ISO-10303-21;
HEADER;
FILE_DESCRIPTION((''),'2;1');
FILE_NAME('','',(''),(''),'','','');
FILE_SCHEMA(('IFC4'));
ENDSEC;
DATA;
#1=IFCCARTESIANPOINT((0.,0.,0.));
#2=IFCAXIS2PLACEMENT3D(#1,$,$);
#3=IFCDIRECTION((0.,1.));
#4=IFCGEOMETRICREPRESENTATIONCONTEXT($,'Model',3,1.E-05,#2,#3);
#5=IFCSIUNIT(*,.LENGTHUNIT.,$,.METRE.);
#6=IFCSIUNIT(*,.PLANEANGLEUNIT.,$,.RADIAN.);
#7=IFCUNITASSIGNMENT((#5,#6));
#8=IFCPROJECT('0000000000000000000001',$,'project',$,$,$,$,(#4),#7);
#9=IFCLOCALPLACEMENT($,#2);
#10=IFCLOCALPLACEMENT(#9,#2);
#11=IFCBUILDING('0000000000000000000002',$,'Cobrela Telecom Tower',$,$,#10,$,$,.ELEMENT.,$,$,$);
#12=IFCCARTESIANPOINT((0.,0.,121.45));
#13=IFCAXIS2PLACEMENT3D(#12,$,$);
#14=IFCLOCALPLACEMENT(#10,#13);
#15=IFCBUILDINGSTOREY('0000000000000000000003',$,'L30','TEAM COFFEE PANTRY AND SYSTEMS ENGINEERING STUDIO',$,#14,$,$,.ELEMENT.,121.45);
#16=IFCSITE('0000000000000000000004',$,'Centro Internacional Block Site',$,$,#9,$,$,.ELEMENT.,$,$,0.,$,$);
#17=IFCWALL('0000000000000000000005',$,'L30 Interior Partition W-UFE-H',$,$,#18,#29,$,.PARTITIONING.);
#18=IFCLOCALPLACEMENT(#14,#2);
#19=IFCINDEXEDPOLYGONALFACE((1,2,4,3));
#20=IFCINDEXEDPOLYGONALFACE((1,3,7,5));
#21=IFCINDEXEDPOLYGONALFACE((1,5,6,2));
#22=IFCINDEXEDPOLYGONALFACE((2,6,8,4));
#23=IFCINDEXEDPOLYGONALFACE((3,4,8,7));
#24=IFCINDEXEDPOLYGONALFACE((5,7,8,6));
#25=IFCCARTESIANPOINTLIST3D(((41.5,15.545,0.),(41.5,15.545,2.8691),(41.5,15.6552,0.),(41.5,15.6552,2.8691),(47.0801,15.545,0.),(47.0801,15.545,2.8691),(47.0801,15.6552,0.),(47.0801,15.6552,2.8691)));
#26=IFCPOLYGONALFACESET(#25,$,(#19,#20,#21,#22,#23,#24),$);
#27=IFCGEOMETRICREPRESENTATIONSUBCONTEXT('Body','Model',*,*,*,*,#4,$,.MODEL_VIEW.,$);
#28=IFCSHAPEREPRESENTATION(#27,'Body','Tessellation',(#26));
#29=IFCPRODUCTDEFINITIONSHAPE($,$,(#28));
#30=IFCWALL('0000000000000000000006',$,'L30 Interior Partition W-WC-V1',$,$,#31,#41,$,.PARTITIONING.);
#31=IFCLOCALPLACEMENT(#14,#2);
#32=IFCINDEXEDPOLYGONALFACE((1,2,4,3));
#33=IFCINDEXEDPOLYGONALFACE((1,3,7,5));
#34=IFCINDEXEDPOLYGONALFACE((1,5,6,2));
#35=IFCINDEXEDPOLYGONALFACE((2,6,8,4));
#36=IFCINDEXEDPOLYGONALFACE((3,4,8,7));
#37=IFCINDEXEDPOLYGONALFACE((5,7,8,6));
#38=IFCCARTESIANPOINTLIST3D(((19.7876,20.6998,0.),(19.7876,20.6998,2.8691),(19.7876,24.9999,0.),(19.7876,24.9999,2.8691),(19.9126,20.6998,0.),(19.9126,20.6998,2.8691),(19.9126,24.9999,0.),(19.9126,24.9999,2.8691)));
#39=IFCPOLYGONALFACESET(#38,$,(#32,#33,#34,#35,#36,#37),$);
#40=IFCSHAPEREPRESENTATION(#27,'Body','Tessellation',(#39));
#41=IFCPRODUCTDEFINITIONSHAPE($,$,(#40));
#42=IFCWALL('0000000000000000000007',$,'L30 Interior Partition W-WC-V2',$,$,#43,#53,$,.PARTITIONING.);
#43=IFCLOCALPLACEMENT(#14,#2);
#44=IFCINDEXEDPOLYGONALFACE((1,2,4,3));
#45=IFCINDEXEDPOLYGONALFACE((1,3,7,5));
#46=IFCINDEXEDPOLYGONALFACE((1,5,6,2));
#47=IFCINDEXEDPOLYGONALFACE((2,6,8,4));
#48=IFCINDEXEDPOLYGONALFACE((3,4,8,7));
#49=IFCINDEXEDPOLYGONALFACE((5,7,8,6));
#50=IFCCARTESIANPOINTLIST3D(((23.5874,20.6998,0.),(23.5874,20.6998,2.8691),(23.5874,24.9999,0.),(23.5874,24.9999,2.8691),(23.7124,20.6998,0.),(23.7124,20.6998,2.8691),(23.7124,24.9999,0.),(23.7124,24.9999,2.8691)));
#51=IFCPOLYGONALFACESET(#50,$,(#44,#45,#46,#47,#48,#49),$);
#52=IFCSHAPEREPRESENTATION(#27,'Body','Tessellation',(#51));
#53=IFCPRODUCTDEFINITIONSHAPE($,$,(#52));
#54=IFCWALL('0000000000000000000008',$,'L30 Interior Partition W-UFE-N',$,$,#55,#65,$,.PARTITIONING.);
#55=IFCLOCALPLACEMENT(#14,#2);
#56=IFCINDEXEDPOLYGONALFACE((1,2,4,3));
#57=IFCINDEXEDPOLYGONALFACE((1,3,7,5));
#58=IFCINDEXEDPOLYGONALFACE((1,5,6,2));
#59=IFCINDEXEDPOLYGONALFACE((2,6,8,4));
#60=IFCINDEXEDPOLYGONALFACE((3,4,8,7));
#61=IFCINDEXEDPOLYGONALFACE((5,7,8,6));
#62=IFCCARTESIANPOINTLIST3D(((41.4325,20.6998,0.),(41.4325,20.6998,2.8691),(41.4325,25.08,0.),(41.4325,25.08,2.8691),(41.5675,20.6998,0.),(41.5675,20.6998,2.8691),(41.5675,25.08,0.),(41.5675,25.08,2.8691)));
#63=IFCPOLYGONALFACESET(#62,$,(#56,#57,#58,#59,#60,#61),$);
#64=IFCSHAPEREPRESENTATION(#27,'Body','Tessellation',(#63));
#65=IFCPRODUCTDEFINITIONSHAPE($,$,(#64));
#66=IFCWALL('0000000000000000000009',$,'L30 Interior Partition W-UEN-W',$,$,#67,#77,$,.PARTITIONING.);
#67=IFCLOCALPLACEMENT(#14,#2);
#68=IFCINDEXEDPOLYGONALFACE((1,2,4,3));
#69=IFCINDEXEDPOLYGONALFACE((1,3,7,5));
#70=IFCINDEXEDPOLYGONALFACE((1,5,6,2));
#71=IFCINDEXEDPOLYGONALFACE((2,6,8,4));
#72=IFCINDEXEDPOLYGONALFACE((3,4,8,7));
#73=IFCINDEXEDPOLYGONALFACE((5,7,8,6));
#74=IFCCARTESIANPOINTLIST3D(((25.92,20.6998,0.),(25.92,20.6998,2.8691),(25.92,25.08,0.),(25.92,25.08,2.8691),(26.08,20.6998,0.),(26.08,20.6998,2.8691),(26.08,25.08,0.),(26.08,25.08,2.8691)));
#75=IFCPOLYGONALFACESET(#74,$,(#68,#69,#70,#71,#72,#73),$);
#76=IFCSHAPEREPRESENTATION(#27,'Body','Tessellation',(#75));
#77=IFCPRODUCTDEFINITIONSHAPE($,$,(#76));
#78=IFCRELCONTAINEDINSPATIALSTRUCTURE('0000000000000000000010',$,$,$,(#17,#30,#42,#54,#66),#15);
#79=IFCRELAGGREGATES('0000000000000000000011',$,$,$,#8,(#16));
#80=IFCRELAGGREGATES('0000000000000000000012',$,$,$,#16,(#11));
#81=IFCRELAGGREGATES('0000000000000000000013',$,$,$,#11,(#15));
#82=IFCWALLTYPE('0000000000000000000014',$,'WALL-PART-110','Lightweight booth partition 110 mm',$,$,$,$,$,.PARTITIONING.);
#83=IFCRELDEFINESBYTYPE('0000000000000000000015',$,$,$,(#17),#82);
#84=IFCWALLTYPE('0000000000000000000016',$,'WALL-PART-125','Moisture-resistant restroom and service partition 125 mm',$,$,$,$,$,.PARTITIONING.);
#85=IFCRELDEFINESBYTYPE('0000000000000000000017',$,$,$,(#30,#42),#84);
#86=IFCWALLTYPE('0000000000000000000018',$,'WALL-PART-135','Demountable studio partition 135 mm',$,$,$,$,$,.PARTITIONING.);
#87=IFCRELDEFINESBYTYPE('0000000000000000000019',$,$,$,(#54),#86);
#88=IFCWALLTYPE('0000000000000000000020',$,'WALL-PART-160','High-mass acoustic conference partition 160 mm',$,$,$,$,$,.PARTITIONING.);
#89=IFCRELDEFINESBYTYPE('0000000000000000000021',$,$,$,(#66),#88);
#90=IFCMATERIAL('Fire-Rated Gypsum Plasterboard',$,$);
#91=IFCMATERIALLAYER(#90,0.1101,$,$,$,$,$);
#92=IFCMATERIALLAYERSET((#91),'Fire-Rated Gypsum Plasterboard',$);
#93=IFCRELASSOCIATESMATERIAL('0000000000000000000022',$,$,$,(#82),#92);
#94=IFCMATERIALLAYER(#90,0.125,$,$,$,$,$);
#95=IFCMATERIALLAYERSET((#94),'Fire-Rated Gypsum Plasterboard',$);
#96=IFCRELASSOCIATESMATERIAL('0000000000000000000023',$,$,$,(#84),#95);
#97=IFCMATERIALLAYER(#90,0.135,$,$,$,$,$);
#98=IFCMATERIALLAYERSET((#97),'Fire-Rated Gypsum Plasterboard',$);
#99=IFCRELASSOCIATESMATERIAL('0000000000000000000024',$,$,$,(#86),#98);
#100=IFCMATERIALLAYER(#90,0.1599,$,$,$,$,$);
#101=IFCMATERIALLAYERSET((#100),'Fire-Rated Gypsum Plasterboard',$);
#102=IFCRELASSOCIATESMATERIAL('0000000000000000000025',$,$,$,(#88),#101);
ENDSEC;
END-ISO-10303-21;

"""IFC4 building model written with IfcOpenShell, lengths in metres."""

from ifc_helpers import new_model, si_unit, direction, frame, frame_2d, origin, place, context, subcontext, project, spatial, rectangle, extrude, material, layer, layer_set, type_object, element, save


model = new_model("IFC4")

# Units and contexts
model_context = context("Model", 3, precision=1e-05, world=origin(), true_north=direction((0.0, 1.0)))
body_context = subcontext(model_context, "Body", "Model", "MODEL_VIEW")
ifc_project = project(units=[si_unit("LENGTHUNIT", "METRE"), si_unit("PLANEANGLEUNIT", "RADIAN")], contexts=[model_context])

# Site, building, storey
site_placement = place(None, origin())
site = spatial("IfcSite", under=ifc_project, at=site_placement, Name="Centro Internacional Block Site", CompositionType="ELEMENT", RefElevation=0.0)
building_placement = place(site_placement, origin())
building = spatial("IfcBuilding", under=site, at=building_placement, Name="Cobrela Telecom Tower", CompositionType="ELEMENT")
storey_placement = place(building_placement, frame((0.0, 0.0, 121.45)))
storey = spatial("IfcBuildingStorey", under=building, at=storey_placement, Name="L30", Description="TEAM COFFEE PANTRY AND SYSTEMS ENGINEERING STUDIO", CompositionType="ELEMENT", Elevation=121.45)

# Walls
ifc_material_1 = material(Name="Fire-Rated Gypsum Plasterboard")
ifc_layer_1 = layer(ifc_material_1, 0.1101)
ifc_layer_set_1 = layer_set([ifc_layer_1], Name="Fire-Rated Gypsum Plasterboard")
wall_type_1 = type_object("IfcWallType", Name="WALL-PART-110", Description="Lightweight booth partition 110 mm", PredefinedType="PARTITIONING", material=ifc_layer_set_1)
wall_1_placement = place(storey_placement, frame((41.5, 15.6001, 0.0), z_axis=(0.0, 0.0, 1.0), x_axis=(1.0, 0.0, 0.0)))
element("IfcWall", 1, at=wall_1_placement, inside=storey, type_object=wall_type_1, Name="L30 Interior Partition W-UFE-H", PredefinedType="PARTITIONING", context=body_context, shape_type="SweptSolid", body=[
    extrude(rectangle(XDim=5.5801, YDim=0.1101, at=frame_2d((2.79, 0.0))), origin(), (0.0, 0.0, 1.0), 2.8691),
])
ifc_layer_2 = layer(ifc_material_1, 0.125)
ifc_layer_set_2 = layer_set([ifc_layer_2], Name="Fire-Rated Gypsum Plasterboard")
wall_type_2 = type_object("IfcWallType", Name="WALL-PART-125", Description="Moisture-resistant restroom and service partition 125 mm", PredefinedType="PARTITIONING", material=ifc_layer_set_2)
for number, where, z_axis, x_axis, name in (
    (2, (19.8501, 20.7, 0.0), (0.0, 0.0, 1.0), (0.0, 1.0, 0.0), "L30 Interior Partition W-WC-V1"),
    (3, (23.6499, 20.7, 0.0), (0.0, 0.0, 1.0), (0.0, 1.0, 0.0), "L30 Interior Partition W-WC-V2"),
):
    element("IfcWall", number, at=place(storey_placement, frame(where, z_axis=z_axis, x_axis=x_axis)), inside=storey, type_object=wall_type_2, Name=name, PredefinedType="PARTITIONING", context=body_context, shape_type="SweptSolid", body=[
        extrude(rectangle(XDim=4.3, YDim=0.125, at=frame_2d((2.1499, 0.0))), origin(), (0.0, 0.0, 1.0), 2.8691),
    ])
ifc_layer_3 = layer(ifc_material_1, 0.135)
ifc_layer_set_3 = layer_set([ifc_layer_3], Name="Fire-Rated Gypsum Plasterboard")
wall_type_3 = type_object("IfcWallType", Name="WALL-PART-135", Description="Demountable studio partition 135 mm", PredefinedType="PARTITIONING", material=ifc_layer_set_3)
wall_2_placement = place(storey_placement, frame((41.5, 20.7, 0.0), z_axis=(0.0, 0.0, 1.0), x_axis=(0.0, 1.0, 0.0)))
element("IfcWall", 4, at=wall_2_placement, inside=storey, type_object=wall_type_3, Name="L30 Interior Partition W-UFE-N", PredefinedType="PARTITIONING", context=body_context, shape_type="SweptSolid", body=[
    extrude(rectangle(XDim=4.3801, YDim=0.135, at=frame_2d((2.1899, 0.0))), origin(), (0.0, 0.0, 1.0), 2.8691),
])
ifc_layer_4 = layer(ifc_material_1, 0.1599)
ifc_layer_set_4 = layer_set([ifc_layer_4], Name="Fire-Rated Gypsum Plasterboard")
wall_type_4 = type_object("IfcWallType", Name="WALL-PART-160", Description="High-mass acoustic conference partition 160 mm", PredefinedType="PARTITIONING", material=ifc_layer_set_4)
wall_3_placement = place(storey_placement, frame((26.0, 20.7, 0.0), z_axis=(0.0, 0.0, 1.0), x_axis=(0.0, 1.0, 0.0)))
element("IfcWall", 5, at=wall_3_placement, inside=storey, type_object=wall_type_4, Name="L30 Interior Partition W-UEN-W", PredefinedType="PARTITIONING", context=body_context, shape_type="SweptSolid", body=[
    extrude(rectangle(XDim=4.3801, YDim=0.1599, at=frame_2d((2.1899, 0.0))), origin(), (0.0, 0.0, 1.0), 2.8691),
])

save(model, "model.ifc")
